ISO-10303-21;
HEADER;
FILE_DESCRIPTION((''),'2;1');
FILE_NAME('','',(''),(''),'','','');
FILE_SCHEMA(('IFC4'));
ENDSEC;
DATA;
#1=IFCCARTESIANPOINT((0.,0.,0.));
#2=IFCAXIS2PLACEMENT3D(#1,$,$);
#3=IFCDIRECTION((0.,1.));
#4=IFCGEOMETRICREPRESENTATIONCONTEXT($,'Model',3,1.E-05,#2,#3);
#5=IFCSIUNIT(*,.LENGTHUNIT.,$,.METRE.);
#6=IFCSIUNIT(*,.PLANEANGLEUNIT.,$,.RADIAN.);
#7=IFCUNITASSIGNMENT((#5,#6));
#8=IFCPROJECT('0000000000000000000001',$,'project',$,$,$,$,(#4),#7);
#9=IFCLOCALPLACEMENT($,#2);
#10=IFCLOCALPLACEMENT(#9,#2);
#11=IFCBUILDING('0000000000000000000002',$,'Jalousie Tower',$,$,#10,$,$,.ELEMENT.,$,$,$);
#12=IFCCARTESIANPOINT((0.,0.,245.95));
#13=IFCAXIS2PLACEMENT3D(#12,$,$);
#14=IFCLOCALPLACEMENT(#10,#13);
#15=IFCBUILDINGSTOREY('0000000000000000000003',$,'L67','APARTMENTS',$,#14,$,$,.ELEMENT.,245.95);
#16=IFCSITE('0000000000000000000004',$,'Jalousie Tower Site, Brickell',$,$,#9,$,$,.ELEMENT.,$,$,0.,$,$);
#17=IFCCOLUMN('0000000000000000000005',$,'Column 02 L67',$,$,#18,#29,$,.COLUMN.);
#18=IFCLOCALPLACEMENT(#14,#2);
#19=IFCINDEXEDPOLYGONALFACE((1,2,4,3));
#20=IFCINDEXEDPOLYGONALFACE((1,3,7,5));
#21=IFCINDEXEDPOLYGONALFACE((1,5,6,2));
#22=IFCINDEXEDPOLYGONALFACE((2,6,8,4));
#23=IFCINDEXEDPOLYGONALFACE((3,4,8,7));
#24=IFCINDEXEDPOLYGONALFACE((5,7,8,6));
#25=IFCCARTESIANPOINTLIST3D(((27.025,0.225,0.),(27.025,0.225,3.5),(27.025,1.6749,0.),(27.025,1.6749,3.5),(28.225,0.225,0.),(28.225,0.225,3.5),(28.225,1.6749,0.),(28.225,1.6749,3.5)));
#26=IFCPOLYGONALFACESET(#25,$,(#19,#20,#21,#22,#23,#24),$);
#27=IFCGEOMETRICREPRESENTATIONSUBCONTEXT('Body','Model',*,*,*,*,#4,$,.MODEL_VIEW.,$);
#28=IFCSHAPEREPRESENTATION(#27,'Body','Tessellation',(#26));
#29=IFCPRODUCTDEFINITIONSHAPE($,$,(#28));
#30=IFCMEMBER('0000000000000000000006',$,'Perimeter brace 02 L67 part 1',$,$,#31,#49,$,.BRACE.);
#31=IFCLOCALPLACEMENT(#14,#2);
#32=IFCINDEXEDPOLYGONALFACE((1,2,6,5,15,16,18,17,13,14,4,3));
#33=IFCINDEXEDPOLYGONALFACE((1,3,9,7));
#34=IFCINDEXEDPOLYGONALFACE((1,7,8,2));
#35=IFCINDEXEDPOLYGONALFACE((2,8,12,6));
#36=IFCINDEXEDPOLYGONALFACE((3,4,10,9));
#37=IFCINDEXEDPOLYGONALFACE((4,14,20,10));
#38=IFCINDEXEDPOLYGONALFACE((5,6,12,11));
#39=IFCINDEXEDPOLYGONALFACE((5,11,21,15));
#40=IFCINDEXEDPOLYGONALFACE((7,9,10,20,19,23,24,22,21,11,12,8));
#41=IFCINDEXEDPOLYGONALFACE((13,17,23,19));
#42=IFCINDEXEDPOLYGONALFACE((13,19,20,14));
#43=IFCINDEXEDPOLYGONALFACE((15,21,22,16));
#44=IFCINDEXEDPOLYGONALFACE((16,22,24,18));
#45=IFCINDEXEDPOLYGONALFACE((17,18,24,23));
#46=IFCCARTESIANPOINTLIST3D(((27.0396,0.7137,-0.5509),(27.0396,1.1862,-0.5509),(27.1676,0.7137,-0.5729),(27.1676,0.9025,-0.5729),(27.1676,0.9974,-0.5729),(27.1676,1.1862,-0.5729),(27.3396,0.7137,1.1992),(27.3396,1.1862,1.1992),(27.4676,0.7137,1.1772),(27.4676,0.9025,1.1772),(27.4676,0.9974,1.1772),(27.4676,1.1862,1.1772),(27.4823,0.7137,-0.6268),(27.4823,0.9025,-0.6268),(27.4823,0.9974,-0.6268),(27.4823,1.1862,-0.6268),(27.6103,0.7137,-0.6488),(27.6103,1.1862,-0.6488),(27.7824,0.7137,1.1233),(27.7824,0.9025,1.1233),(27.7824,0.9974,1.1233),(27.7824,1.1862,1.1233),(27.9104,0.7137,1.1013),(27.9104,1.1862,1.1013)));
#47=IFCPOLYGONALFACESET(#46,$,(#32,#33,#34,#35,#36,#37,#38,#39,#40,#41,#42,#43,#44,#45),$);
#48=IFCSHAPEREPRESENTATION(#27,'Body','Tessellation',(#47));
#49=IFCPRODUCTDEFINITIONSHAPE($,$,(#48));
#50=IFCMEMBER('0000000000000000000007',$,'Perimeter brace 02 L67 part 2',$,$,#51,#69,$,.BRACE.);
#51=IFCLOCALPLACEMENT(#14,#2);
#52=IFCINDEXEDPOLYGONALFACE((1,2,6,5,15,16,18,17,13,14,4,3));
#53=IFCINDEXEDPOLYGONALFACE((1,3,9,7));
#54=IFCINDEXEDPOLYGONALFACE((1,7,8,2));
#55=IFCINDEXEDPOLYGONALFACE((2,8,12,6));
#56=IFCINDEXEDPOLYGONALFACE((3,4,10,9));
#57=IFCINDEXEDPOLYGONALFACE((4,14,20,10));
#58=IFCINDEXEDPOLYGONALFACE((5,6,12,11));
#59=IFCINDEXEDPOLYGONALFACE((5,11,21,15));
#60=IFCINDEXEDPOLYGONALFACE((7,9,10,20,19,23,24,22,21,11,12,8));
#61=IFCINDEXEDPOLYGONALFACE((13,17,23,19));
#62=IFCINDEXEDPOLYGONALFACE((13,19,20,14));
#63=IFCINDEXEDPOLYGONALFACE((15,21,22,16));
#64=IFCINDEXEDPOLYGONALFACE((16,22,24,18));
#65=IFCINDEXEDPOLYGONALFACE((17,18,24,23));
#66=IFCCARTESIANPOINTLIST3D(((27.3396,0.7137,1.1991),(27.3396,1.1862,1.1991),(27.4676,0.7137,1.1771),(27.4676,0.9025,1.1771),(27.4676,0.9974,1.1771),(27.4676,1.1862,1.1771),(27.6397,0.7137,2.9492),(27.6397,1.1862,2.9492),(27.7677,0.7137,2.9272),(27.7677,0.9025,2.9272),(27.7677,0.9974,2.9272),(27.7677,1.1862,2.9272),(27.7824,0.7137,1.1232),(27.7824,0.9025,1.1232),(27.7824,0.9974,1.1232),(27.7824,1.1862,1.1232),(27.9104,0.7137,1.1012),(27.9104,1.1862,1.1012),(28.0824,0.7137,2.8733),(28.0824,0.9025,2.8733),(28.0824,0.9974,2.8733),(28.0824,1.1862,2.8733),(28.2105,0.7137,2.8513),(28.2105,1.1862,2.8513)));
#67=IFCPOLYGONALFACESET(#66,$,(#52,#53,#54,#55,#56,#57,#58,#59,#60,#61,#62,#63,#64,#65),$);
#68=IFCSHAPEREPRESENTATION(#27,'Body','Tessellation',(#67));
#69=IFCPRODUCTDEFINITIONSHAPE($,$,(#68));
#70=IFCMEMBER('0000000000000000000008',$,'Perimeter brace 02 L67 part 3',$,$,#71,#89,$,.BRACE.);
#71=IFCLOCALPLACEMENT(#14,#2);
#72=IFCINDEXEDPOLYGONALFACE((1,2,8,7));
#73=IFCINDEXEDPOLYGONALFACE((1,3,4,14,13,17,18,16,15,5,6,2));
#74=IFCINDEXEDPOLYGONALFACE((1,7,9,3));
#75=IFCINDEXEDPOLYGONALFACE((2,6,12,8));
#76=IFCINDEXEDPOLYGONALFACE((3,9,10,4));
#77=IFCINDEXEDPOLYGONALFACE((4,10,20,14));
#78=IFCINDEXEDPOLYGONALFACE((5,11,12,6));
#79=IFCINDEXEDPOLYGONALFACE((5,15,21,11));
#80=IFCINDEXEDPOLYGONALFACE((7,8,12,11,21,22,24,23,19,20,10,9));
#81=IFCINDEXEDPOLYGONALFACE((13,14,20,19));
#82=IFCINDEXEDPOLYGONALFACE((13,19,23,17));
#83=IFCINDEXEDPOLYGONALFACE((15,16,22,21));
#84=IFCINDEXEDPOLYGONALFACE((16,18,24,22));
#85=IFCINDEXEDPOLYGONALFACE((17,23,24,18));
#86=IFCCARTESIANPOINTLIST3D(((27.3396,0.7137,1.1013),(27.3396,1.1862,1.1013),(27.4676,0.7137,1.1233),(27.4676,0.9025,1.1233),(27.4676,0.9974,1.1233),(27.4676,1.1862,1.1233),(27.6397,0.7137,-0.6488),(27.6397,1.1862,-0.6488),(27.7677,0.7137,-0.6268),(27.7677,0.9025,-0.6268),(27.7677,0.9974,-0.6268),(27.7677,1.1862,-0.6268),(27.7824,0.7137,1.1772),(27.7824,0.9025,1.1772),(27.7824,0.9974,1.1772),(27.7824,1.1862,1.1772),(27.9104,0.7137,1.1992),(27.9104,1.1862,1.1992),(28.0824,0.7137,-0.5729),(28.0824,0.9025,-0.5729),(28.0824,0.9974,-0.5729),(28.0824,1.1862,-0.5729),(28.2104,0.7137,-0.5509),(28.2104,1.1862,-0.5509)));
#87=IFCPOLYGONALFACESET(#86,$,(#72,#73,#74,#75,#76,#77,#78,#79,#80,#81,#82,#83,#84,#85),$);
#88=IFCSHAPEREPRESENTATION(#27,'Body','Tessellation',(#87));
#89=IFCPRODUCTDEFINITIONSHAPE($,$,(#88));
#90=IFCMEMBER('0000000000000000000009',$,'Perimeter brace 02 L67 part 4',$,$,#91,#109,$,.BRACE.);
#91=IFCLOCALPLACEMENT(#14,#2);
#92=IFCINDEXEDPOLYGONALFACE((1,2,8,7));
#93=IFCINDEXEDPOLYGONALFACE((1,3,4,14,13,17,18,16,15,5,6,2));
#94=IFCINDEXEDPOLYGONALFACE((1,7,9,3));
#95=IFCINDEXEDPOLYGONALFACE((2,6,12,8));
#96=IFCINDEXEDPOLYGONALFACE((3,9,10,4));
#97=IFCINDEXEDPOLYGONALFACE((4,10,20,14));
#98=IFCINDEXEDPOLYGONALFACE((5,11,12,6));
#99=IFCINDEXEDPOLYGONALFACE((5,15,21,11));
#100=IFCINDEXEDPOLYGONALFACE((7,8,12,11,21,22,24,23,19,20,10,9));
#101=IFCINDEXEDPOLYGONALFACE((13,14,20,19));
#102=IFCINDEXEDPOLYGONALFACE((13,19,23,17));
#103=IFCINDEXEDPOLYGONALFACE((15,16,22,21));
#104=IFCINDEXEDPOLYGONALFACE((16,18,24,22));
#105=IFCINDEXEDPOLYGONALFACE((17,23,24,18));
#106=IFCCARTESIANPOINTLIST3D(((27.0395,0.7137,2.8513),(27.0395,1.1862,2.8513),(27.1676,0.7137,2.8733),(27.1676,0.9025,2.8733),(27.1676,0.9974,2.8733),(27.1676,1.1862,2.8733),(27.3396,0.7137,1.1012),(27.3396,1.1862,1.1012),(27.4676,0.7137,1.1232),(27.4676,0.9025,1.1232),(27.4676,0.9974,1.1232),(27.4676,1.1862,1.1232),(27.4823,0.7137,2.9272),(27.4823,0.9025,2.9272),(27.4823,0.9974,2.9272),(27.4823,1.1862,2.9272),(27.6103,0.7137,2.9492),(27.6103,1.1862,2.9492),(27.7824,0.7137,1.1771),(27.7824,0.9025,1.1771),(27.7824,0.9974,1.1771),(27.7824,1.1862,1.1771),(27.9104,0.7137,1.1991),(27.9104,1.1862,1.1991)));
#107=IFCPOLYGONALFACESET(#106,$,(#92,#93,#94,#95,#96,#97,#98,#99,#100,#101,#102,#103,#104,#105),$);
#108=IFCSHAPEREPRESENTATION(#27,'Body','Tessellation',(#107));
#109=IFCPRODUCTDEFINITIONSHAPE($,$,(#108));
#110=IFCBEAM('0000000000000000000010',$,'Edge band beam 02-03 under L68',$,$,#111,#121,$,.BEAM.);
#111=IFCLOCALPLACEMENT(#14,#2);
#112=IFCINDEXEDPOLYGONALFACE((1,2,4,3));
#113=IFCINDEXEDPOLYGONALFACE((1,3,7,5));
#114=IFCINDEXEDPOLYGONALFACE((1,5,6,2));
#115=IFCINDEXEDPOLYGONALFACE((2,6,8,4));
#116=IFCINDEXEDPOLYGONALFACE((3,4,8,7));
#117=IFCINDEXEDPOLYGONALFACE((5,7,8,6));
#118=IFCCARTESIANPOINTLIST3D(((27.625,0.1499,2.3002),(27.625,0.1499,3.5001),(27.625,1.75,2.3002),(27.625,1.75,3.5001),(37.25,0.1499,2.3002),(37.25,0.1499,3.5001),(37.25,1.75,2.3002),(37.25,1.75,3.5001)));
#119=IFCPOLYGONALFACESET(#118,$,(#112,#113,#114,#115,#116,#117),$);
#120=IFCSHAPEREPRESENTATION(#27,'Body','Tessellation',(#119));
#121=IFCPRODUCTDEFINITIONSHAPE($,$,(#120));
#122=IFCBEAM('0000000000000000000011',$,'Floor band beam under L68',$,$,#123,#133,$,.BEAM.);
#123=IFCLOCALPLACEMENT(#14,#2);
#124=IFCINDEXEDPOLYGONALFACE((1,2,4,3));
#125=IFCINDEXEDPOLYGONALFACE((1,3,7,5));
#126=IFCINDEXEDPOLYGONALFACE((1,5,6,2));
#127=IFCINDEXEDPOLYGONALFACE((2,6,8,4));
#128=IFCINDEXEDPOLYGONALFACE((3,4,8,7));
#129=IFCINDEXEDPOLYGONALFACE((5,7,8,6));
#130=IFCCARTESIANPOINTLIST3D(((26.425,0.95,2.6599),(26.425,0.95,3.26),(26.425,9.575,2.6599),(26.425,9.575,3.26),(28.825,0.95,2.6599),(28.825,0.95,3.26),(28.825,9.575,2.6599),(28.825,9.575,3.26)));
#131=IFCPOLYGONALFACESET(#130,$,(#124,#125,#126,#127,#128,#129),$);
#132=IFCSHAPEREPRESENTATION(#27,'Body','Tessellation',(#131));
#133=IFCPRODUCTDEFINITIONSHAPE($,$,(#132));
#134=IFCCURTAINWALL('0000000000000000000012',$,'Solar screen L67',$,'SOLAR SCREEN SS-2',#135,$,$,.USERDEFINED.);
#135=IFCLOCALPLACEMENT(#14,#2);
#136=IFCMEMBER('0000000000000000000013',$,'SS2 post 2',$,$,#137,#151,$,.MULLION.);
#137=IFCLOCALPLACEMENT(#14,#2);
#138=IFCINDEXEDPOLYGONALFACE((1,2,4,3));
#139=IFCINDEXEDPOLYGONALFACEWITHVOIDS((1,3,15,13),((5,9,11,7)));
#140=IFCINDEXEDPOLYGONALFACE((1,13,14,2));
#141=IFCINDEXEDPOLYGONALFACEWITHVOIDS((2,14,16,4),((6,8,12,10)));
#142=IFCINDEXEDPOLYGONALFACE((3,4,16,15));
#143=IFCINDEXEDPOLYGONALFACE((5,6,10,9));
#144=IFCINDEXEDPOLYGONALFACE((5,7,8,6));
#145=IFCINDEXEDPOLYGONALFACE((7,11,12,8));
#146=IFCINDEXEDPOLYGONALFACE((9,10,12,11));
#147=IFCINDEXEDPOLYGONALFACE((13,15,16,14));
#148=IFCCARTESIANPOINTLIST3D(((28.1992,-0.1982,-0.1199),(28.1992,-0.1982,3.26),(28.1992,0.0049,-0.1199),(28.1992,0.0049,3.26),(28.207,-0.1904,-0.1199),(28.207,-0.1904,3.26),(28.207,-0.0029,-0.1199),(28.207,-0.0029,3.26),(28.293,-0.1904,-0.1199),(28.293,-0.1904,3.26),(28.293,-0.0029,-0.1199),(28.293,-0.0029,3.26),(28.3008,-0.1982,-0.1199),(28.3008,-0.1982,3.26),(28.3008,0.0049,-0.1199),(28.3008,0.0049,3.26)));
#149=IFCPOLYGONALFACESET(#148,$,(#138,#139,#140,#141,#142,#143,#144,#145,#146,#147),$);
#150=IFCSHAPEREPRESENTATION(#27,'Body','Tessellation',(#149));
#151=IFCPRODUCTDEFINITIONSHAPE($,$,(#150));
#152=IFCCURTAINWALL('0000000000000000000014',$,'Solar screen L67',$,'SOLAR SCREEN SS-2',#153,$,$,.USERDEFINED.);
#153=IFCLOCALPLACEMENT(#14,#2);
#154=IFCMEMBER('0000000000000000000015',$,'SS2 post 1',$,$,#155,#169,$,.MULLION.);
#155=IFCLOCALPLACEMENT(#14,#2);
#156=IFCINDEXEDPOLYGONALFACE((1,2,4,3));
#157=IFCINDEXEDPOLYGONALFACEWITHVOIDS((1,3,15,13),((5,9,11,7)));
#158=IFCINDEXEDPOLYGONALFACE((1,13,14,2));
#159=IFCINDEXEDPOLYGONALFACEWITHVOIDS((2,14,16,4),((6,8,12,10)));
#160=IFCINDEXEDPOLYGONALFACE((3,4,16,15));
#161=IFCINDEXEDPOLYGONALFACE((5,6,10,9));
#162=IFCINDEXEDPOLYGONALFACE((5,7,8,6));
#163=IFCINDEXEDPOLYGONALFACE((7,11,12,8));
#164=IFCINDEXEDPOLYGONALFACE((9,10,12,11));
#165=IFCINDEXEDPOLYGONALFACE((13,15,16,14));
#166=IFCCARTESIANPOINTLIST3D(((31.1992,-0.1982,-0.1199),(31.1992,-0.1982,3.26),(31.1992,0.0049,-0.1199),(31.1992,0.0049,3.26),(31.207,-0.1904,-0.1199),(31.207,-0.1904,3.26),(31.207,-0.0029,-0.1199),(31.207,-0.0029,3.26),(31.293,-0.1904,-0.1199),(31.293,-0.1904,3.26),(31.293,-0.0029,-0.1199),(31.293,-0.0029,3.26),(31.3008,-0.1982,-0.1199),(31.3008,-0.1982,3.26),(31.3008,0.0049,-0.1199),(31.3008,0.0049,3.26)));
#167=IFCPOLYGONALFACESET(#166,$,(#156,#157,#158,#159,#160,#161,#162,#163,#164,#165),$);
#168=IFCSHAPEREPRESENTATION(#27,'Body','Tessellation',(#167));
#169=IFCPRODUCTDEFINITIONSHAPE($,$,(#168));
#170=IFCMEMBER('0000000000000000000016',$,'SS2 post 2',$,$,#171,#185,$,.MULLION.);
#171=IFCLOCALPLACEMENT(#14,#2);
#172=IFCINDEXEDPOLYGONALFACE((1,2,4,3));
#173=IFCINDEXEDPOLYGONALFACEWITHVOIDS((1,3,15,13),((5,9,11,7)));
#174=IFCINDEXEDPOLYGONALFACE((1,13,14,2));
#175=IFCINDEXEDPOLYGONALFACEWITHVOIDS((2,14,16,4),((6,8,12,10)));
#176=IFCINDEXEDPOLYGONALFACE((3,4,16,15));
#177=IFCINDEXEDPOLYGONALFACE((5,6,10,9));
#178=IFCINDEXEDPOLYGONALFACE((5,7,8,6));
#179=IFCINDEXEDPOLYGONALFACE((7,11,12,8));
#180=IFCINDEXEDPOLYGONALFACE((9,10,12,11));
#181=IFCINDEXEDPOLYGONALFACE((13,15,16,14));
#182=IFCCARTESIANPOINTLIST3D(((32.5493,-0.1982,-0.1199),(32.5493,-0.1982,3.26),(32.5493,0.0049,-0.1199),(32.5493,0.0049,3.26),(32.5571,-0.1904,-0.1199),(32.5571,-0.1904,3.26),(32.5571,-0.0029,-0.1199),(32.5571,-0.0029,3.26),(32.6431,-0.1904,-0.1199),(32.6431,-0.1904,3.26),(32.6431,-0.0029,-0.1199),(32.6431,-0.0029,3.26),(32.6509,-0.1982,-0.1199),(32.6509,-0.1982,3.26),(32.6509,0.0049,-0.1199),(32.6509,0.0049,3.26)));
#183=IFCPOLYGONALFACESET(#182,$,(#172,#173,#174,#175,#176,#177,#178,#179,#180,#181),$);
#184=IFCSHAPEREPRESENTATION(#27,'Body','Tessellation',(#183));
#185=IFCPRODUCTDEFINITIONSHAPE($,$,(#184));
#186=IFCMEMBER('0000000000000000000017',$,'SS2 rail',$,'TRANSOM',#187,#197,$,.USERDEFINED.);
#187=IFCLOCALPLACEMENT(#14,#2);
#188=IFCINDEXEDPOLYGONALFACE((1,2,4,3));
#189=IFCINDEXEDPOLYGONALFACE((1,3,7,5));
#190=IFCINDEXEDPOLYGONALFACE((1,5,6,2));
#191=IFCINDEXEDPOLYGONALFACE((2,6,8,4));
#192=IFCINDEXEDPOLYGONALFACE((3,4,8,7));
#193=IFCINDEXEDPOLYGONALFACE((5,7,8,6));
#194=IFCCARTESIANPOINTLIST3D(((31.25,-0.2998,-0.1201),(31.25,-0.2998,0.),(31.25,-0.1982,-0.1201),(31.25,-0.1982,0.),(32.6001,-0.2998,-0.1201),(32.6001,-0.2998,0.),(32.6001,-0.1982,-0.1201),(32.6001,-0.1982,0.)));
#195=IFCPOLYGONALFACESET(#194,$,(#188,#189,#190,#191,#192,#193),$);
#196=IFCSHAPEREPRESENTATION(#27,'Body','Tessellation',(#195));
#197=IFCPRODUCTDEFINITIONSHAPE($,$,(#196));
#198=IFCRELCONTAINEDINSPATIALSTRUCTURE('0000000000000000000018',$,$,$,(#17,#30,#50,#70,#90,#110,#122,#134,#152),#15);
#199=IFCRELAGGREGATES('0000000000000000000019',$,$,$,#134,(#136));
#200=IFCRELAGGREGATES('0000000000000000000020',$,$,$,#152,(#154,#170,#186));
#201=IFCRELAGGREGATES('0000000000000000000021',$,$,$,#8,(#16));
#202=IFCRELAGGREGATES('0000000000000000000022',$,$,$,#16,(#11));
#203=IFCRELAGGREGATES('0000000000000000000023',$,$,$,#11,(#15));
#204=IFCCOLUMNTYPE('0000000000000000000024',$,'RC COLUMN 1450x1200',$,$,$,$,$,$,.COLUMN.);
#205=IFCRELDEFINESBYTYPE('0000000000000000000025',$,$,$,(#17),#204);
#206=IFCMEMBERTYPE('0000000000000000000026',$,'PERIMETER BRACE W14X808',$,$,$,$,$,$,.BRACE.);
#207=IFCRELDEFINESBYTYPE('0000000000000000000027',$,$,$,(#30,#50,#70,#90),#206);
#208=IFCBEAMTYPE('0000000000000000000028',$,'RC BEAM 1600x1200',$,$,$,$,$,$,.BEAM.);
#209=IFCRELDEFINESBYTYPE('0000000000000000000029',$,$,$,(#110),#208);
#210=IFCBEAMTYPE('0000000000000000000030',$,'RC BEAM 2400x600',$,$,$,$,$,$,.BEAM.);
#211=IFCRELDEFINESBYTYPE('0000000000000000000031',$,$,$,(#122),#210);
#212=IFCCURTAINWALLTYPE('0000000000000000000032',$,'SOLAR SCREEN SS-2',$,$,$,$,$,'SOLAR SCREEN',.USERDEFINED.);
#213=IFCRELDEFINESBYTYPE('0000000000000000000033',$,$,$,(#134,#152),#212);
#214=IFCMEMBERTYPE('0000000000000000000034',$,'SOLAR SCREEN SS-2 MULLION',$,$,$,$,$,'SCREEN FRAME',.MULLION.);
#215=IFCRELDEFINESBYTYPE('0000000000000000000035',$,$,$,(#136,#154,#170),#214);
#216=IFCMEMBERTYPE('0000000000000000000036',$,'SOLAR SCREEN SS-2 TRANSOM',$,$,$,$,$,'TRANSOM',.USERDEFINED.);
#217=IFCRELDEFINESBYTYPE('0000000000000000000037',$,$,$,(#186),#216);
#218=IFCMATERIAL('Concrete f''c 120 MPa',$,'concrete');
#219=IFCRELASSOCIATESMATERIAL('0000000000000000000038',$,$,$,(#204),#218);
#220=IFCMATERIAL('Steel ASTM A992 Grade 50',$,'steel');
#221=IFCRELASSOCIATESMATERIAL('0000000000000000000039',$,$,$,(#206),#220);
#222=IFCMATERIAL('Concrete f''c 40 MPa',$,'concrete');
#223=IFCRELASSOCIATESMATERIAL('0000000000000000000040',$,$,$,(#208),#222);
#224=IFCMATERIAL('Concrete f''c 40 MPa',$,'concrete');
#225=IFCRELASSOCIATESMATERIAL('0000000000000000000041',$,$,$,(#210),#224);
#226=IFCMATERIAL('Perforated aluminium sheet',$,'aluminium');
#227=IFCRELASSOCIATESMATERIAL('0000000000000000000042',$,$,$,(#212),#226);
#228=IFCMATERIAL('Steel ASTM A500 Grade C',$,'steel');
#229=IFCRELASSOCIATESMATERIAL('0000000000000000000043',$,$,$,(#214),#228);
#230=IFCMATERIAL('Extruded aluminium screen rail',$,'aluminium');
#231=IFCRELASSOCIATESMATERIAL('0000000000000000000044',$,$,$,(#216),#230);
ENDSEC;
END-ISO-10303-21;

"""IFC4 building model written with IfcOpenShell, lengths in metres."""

from ifc_helpers import new_model, si_unit, direction, frame, origin, origin_2d, place, context, subcontext, project, spatial, rectangle, hollow_rectangle, i_section, extrude, material, material_profile, profile_set, type_object, element, aggregate, save


model = new_model("IFC4")

# Units and contexts
model_context = context("Model", 3, precision=1e-05, world=origin(), true_north=direction((0.0, 1.0)))
body_context = subcontext(model_context, "Body", "Model", "MODEL_VIEW")
ifc_project = project(units=[si_unit("LENGTHUNIT", "METRE"), si_unit("PLANEANGLEUNIT", "RADIAN")], contexts=[model_context])

# Site, building, storey
site_placement = place(None, origin())
site = spatial("IfcSite", under=ifc_project, at=site_placement, Name="Jalousie Tower Site, Brickell", CompositionType="ELEMENT", RefElevation=0.0)
building_placement = place(site_placement, origin())
building = spatial("IfcBuilding", under=site, at=building_placement, Name="Jalousie Tower", CompositionType="ELEMENT")
storey_placement = place(building_placement, frame((0.0, 0.0, 245.95)))
storey = spatial("IfcBuildingStorey", under=building, at=storey_placement, Name="L67", Description="APARTMENTS", CompositionType="ELEMENT", Elevation=245.95)

# Column
ifc_material_1 = material(Name="Concrete f'c 120 MPa", Category="concrete")
ifc_material_profile_1 = material_profile(ifc_material_1, rectangle(XDim=1.45, YDim=1.2, at=origin_2d()), Name="RC 1450x1200")
ifc_profile_set_1 = profile_set([ifc_material_profile_1], Name="Concrete f'c 120 MPa")
column_type = type_object("IfcColumnType", Name="RC COLUMN 1450x1200", PredefinedType="COLUMN", material=ifc_profile_set_1)
column_placement = place(storey_placement, frame((27.625, 0.95, 0.0), z_axis=(0.0, 0.0, 1.0), x_axis=(0.0, 1.0, 0.0)))
element("IfcColumn", 1, at=column_placement, inside=storey, type_object=column_type, Name="Column 02 L67", PredefinedType="COLUMN", context=body_context, shape_type="SweptSolid", body=[
    extrude(rectangle(XDim=1.45, YDim=1.2, at=origin_2d()), origin(), (0.0, 0.0, 1.0), 3.5),
])

# Members
ifc_material_2 = material(Name="Steel ASTM A992 Grade 50", Category="steel")
ifc_material_profile_2 = material_profile(ifc_material_2, i_section(OverallWidth=0.4724, OverallDepth=0.5791, WebThickness=0.095, FlangeThickness=0.1299, at=origin_2d()), Name="W14X808")
ifc_profile_set_2 = profile_set([ifc_material_profile_2], Name="Steel ASTM A992 Grade 50")
member_type_1 = type_object("IfcMemberType", Name="PERIMETER BRACE W14X808", PredefinedType="BRACE", material=ifc_profile_set_2)
for number, where, z_axis, x_axis, name in (
    (2, (27.325, 0.95, -0.5999), (0.168991, 0.0, 0.985618), (0.0, 1.0, 0.0), "Perimeter brace 02 L67 part 1"),
    (3, (27.625, 0.95, 1.1501), (0.168991, 0.0, 0.985618), (0.0, 1.0, 0.0), "Perimeter brace 02 L67 part 2"),
    (4, (27.925, 0.95, -0.5999), (-0.168991, 0.0, 0.985618), (0.0, -1.0, 0.0), "Perimeter brace 02 L67 part 3"),
    (5, (27.625, 0.95, 1.1501), (-0.168991, 0.0, 0.985618), (0.0, -1.0, 0.0), "Perimeter brace 02 L67 part 4"),
):
    element("IfcMember", number, at=place(storey_placement, frame(where, z_axis=z_axis, x_axis=x_axis)), inside=storey, type_object=member_type_1, Name=name, PredefinedType="BRACE", context=body_context, shape_type="SweptSolid", body=[
        extrude(i_section(OverallWidth=0.4724, OverallDepth=0.5791, WebThickness=0.095, FlangeThickness=0.1299, at=origin_2d()), origin(), (0.0, 0.0, 1.0), 1.7756),
    ])

# Beams
ifc_material_3 = material(Name="Concrete f'c 40 MPa", Category="concrete")
ifc_material_profile_3 = material_profile(ifc_material_3, rectangle(XDim=1.6001, YDim=1.2, at=origin_2d()), Name="RC 1600x1200")
ifc_profile_set_3 = profile_set([ifc_material_profile_3], Name="Concrete f'c 40 MPa")
beam_type_1 = type_object("IfcBeamType", Name="RC BEAM 1600x1200", PredefinedType="BEAM", material=ifc_profile_set_3)
beam_1_placement = place(storey_placement, frame((27.625, 0.95, 2.9001), z_axis=(1.0, 0.0, 0.0), x_axis=(0.0, 1.0, 0.0)))
element("IfcBeam", 6, at=beam_1_placement, inside=storey, type_object=beam_type_1, Name="Edge band beam 02-03 under L68", PredefinedType="BEAM", context=body_context, shape_type="SweptSolid", body=[
    extrude(rectangle(XDim=1.6001, YDim=1.2, at=origin_2d()), origin(), (0.0, 0.0, 1.0), 9.625),
])
ifc_material_4 = material(Name="Concrete f'c 40 MPa", Category="concrete")
ifc_material_profile_4 = material_profile(ifc_material_4, rectangle(XDim=2.3999, YDim=0.6001, at=origin_2d()), Name="RC 2400x600")
ifc_profile_set_4 = profile_set([ifc_material_profile_4], Name="Concrete f'c 40 MPa")
beam_type_2 = type_object("IfcBeamType", Name="RC BEAM 2400x600", PredefinedType="BEAM", material=ifc_profile_set_4)
beam_2_placement = place(storey_placement, frame((27.625, 0.95, 2.96), z_axis=(0.0, 1.0, 0.0), x_axis=(-1.0, 0.0, 0.0)))
element("IfcBeam", 7, at=beam_2_placement, inside=storey, type_object=beam_type_2, Name="Floor band beam under L68", PredefinedType="BEAM", context=body_context, shape_type="SweptSolid", body=[
    extrude(rectangle(XDim=2.3999, YDim=0.6001, at=origin_2d()), origin(), (0.0, 0.0, 1.0), 8.625),
])

# Curtain wall, member
ifc_material_5 = material(Name="Perforated aluminium sheet", Category="aluminium")
curtain_wall_type = type_object("IfcCurtainWallType", Name="SOLAR SCREEN SS-2", ElementType="SOLAR SCREEN", PredefinedType="USERDEFINED", material=ifc_material_5)
curtain_wall_1_placement = place(storey_placement, origin())
curtain_wall_1 = element("IfcCurtainWall", 8, at=curtain_wall_1_placement, inside=storey, type_object=curtain_wall_type, Name="Solar screen L67", ObjectType="SOLAR SCREEN SS-2", PredefinedType="USERDEFINED")
ifc_material_6 = material(Name="Steel ASTM A500 Grade C", Category="steel")
ifc_material_profile_5 = material_profile(ifc_material_6, hollow_rectangle(XDim=0.1016, YDim=0.2031, WallThickness=0.0078, at=origin_2d()), Name="HSS8X4X5/16")
ifc_profile_set_5 = profile_set([ifc_material_profile_5], Name="Steel ASTM A500 Grade C")
member_type_2 = type_object("IfcMemberType", Name="SOLAR SCREEN SS-2 MULLION", ElementType="SCREEN FRAME", PredefinedType="MULLION", material=ifc_profile_set_5)
member_1_placement = place(storey_placement, frame((28.25, -0.0967, -0.1199), z_axis=(0.0, 0.0, 1.0), x_axis=(1.0, 0.0, 0.0)))
member_1 = element("IfcMember", 9, at=member_1_placement, type_object=member_type_2, Name="SS2 post 2", PredefinedType="MULLION", context=body_context, shape_type="SweptSolid", body=[
    extrude(hollow_rectangle(XDim=0.1016, YDim=0.2031, WallThickness=0.0078, at=origin_2d()), origin(), (0.0, 0.0, 1.0), 3.3799),
])

# Curtain wall, members
curtain_wall_2_placement = place(storey_placement, origin())
curtain_wall_2 = element("IfcCurtainWall", 10, at=curtain_wall_2_placement, inside=storey, type_object=curtain_wall_type, Name="Solar screen L67", ObjectType="SOLAR SCREEN SS-2", PredefinedType="USERDEFINED")
member_2_placement = place(storey_placement, frame((31.25, -0.0967, -0.1199), z_axis=(0.0, 0.0, 1.0), x_axis=(1.0, 0.0, 0.0)))
member_2 = element("IfcMember", 11, at=member_2_placement, type_object=member_type_2, Name="SS2 post 1", PredefinedType="MULLION", context=body_context, shape_type="SweptSolid", body=[
    extrude(hollow_rectangle(XDim=0.1016, YDim=0.2031, WallThickness=0.0078, at=origin_2d()), origin(), (0.0, 0.0, 1.0), 3.3799),
])
member_3_placement = place(storey_placement, frame((32.6001, -0.0967, -0.1199), z_axis=(0.0, 0.0, 1.0), x_axis=(1.0, 0.0, 0.0)))
member_3 = element("IfcMember", 12, at=member_3_placement, type_object=member_type_2, Name="SS2 post 2", PredefinedType="MULLION", context=body_context, shape_type="SweptSolid", body=[
    extrude(hollow_rectangle(XDim=0.1016, YDim=0.2031, WallThickness=0.0078, at=origin_2d()), origin(), (0.0, 0.0, 1.0), 3.3799),
])
ifc_material_7 = material(Name="Extruded aluminium screen rail", Category="aluminium")
ifc_material_profile_6 = material_profile(ifc_material_7, rectangle(XDim=0.1016, YDim=0.1201, at=origin_2d()), Name="RAIL 102x120")
ifc_profile_set_6 = profile_set([ifc_material_profile_6], Name="Extruded aluminium screen rail")
member_type_3 = type_object("IfcMemberType", Name="SOLAR SCREEN SS-2 TRANSOM", ElementType="TRANSOM", PredefinedType="USERDEFINED", material=ifc_profile_set_6)
member_4_placement = place(storey_placement, frame((31.25, -0.249, -0.0601), z_axis=(1.0, 0.0, 0.0), x_axis=(0.0, 1.0, 0.0)))
member_4 = element("IfcMember", 13, at=member_4_placement, type_object=member_type_3, Name="SS2 rail", ObjectType="TRANSOM", PredefinedType="USERDEFINED", context=body_context, shape_type="SweptSolid", body=[
    extrude(rectangle(XDim=0.1016, YDim=0.1201, at=origin_2d()), origin(), (0.0, 0.0, 1.0), 1.3501),
])

aggregate(curtain_wall_1, [member_1])
aggregate(curtain_wall_2, [member_2, member_3, member_4])

save(model, "model.ifc")
